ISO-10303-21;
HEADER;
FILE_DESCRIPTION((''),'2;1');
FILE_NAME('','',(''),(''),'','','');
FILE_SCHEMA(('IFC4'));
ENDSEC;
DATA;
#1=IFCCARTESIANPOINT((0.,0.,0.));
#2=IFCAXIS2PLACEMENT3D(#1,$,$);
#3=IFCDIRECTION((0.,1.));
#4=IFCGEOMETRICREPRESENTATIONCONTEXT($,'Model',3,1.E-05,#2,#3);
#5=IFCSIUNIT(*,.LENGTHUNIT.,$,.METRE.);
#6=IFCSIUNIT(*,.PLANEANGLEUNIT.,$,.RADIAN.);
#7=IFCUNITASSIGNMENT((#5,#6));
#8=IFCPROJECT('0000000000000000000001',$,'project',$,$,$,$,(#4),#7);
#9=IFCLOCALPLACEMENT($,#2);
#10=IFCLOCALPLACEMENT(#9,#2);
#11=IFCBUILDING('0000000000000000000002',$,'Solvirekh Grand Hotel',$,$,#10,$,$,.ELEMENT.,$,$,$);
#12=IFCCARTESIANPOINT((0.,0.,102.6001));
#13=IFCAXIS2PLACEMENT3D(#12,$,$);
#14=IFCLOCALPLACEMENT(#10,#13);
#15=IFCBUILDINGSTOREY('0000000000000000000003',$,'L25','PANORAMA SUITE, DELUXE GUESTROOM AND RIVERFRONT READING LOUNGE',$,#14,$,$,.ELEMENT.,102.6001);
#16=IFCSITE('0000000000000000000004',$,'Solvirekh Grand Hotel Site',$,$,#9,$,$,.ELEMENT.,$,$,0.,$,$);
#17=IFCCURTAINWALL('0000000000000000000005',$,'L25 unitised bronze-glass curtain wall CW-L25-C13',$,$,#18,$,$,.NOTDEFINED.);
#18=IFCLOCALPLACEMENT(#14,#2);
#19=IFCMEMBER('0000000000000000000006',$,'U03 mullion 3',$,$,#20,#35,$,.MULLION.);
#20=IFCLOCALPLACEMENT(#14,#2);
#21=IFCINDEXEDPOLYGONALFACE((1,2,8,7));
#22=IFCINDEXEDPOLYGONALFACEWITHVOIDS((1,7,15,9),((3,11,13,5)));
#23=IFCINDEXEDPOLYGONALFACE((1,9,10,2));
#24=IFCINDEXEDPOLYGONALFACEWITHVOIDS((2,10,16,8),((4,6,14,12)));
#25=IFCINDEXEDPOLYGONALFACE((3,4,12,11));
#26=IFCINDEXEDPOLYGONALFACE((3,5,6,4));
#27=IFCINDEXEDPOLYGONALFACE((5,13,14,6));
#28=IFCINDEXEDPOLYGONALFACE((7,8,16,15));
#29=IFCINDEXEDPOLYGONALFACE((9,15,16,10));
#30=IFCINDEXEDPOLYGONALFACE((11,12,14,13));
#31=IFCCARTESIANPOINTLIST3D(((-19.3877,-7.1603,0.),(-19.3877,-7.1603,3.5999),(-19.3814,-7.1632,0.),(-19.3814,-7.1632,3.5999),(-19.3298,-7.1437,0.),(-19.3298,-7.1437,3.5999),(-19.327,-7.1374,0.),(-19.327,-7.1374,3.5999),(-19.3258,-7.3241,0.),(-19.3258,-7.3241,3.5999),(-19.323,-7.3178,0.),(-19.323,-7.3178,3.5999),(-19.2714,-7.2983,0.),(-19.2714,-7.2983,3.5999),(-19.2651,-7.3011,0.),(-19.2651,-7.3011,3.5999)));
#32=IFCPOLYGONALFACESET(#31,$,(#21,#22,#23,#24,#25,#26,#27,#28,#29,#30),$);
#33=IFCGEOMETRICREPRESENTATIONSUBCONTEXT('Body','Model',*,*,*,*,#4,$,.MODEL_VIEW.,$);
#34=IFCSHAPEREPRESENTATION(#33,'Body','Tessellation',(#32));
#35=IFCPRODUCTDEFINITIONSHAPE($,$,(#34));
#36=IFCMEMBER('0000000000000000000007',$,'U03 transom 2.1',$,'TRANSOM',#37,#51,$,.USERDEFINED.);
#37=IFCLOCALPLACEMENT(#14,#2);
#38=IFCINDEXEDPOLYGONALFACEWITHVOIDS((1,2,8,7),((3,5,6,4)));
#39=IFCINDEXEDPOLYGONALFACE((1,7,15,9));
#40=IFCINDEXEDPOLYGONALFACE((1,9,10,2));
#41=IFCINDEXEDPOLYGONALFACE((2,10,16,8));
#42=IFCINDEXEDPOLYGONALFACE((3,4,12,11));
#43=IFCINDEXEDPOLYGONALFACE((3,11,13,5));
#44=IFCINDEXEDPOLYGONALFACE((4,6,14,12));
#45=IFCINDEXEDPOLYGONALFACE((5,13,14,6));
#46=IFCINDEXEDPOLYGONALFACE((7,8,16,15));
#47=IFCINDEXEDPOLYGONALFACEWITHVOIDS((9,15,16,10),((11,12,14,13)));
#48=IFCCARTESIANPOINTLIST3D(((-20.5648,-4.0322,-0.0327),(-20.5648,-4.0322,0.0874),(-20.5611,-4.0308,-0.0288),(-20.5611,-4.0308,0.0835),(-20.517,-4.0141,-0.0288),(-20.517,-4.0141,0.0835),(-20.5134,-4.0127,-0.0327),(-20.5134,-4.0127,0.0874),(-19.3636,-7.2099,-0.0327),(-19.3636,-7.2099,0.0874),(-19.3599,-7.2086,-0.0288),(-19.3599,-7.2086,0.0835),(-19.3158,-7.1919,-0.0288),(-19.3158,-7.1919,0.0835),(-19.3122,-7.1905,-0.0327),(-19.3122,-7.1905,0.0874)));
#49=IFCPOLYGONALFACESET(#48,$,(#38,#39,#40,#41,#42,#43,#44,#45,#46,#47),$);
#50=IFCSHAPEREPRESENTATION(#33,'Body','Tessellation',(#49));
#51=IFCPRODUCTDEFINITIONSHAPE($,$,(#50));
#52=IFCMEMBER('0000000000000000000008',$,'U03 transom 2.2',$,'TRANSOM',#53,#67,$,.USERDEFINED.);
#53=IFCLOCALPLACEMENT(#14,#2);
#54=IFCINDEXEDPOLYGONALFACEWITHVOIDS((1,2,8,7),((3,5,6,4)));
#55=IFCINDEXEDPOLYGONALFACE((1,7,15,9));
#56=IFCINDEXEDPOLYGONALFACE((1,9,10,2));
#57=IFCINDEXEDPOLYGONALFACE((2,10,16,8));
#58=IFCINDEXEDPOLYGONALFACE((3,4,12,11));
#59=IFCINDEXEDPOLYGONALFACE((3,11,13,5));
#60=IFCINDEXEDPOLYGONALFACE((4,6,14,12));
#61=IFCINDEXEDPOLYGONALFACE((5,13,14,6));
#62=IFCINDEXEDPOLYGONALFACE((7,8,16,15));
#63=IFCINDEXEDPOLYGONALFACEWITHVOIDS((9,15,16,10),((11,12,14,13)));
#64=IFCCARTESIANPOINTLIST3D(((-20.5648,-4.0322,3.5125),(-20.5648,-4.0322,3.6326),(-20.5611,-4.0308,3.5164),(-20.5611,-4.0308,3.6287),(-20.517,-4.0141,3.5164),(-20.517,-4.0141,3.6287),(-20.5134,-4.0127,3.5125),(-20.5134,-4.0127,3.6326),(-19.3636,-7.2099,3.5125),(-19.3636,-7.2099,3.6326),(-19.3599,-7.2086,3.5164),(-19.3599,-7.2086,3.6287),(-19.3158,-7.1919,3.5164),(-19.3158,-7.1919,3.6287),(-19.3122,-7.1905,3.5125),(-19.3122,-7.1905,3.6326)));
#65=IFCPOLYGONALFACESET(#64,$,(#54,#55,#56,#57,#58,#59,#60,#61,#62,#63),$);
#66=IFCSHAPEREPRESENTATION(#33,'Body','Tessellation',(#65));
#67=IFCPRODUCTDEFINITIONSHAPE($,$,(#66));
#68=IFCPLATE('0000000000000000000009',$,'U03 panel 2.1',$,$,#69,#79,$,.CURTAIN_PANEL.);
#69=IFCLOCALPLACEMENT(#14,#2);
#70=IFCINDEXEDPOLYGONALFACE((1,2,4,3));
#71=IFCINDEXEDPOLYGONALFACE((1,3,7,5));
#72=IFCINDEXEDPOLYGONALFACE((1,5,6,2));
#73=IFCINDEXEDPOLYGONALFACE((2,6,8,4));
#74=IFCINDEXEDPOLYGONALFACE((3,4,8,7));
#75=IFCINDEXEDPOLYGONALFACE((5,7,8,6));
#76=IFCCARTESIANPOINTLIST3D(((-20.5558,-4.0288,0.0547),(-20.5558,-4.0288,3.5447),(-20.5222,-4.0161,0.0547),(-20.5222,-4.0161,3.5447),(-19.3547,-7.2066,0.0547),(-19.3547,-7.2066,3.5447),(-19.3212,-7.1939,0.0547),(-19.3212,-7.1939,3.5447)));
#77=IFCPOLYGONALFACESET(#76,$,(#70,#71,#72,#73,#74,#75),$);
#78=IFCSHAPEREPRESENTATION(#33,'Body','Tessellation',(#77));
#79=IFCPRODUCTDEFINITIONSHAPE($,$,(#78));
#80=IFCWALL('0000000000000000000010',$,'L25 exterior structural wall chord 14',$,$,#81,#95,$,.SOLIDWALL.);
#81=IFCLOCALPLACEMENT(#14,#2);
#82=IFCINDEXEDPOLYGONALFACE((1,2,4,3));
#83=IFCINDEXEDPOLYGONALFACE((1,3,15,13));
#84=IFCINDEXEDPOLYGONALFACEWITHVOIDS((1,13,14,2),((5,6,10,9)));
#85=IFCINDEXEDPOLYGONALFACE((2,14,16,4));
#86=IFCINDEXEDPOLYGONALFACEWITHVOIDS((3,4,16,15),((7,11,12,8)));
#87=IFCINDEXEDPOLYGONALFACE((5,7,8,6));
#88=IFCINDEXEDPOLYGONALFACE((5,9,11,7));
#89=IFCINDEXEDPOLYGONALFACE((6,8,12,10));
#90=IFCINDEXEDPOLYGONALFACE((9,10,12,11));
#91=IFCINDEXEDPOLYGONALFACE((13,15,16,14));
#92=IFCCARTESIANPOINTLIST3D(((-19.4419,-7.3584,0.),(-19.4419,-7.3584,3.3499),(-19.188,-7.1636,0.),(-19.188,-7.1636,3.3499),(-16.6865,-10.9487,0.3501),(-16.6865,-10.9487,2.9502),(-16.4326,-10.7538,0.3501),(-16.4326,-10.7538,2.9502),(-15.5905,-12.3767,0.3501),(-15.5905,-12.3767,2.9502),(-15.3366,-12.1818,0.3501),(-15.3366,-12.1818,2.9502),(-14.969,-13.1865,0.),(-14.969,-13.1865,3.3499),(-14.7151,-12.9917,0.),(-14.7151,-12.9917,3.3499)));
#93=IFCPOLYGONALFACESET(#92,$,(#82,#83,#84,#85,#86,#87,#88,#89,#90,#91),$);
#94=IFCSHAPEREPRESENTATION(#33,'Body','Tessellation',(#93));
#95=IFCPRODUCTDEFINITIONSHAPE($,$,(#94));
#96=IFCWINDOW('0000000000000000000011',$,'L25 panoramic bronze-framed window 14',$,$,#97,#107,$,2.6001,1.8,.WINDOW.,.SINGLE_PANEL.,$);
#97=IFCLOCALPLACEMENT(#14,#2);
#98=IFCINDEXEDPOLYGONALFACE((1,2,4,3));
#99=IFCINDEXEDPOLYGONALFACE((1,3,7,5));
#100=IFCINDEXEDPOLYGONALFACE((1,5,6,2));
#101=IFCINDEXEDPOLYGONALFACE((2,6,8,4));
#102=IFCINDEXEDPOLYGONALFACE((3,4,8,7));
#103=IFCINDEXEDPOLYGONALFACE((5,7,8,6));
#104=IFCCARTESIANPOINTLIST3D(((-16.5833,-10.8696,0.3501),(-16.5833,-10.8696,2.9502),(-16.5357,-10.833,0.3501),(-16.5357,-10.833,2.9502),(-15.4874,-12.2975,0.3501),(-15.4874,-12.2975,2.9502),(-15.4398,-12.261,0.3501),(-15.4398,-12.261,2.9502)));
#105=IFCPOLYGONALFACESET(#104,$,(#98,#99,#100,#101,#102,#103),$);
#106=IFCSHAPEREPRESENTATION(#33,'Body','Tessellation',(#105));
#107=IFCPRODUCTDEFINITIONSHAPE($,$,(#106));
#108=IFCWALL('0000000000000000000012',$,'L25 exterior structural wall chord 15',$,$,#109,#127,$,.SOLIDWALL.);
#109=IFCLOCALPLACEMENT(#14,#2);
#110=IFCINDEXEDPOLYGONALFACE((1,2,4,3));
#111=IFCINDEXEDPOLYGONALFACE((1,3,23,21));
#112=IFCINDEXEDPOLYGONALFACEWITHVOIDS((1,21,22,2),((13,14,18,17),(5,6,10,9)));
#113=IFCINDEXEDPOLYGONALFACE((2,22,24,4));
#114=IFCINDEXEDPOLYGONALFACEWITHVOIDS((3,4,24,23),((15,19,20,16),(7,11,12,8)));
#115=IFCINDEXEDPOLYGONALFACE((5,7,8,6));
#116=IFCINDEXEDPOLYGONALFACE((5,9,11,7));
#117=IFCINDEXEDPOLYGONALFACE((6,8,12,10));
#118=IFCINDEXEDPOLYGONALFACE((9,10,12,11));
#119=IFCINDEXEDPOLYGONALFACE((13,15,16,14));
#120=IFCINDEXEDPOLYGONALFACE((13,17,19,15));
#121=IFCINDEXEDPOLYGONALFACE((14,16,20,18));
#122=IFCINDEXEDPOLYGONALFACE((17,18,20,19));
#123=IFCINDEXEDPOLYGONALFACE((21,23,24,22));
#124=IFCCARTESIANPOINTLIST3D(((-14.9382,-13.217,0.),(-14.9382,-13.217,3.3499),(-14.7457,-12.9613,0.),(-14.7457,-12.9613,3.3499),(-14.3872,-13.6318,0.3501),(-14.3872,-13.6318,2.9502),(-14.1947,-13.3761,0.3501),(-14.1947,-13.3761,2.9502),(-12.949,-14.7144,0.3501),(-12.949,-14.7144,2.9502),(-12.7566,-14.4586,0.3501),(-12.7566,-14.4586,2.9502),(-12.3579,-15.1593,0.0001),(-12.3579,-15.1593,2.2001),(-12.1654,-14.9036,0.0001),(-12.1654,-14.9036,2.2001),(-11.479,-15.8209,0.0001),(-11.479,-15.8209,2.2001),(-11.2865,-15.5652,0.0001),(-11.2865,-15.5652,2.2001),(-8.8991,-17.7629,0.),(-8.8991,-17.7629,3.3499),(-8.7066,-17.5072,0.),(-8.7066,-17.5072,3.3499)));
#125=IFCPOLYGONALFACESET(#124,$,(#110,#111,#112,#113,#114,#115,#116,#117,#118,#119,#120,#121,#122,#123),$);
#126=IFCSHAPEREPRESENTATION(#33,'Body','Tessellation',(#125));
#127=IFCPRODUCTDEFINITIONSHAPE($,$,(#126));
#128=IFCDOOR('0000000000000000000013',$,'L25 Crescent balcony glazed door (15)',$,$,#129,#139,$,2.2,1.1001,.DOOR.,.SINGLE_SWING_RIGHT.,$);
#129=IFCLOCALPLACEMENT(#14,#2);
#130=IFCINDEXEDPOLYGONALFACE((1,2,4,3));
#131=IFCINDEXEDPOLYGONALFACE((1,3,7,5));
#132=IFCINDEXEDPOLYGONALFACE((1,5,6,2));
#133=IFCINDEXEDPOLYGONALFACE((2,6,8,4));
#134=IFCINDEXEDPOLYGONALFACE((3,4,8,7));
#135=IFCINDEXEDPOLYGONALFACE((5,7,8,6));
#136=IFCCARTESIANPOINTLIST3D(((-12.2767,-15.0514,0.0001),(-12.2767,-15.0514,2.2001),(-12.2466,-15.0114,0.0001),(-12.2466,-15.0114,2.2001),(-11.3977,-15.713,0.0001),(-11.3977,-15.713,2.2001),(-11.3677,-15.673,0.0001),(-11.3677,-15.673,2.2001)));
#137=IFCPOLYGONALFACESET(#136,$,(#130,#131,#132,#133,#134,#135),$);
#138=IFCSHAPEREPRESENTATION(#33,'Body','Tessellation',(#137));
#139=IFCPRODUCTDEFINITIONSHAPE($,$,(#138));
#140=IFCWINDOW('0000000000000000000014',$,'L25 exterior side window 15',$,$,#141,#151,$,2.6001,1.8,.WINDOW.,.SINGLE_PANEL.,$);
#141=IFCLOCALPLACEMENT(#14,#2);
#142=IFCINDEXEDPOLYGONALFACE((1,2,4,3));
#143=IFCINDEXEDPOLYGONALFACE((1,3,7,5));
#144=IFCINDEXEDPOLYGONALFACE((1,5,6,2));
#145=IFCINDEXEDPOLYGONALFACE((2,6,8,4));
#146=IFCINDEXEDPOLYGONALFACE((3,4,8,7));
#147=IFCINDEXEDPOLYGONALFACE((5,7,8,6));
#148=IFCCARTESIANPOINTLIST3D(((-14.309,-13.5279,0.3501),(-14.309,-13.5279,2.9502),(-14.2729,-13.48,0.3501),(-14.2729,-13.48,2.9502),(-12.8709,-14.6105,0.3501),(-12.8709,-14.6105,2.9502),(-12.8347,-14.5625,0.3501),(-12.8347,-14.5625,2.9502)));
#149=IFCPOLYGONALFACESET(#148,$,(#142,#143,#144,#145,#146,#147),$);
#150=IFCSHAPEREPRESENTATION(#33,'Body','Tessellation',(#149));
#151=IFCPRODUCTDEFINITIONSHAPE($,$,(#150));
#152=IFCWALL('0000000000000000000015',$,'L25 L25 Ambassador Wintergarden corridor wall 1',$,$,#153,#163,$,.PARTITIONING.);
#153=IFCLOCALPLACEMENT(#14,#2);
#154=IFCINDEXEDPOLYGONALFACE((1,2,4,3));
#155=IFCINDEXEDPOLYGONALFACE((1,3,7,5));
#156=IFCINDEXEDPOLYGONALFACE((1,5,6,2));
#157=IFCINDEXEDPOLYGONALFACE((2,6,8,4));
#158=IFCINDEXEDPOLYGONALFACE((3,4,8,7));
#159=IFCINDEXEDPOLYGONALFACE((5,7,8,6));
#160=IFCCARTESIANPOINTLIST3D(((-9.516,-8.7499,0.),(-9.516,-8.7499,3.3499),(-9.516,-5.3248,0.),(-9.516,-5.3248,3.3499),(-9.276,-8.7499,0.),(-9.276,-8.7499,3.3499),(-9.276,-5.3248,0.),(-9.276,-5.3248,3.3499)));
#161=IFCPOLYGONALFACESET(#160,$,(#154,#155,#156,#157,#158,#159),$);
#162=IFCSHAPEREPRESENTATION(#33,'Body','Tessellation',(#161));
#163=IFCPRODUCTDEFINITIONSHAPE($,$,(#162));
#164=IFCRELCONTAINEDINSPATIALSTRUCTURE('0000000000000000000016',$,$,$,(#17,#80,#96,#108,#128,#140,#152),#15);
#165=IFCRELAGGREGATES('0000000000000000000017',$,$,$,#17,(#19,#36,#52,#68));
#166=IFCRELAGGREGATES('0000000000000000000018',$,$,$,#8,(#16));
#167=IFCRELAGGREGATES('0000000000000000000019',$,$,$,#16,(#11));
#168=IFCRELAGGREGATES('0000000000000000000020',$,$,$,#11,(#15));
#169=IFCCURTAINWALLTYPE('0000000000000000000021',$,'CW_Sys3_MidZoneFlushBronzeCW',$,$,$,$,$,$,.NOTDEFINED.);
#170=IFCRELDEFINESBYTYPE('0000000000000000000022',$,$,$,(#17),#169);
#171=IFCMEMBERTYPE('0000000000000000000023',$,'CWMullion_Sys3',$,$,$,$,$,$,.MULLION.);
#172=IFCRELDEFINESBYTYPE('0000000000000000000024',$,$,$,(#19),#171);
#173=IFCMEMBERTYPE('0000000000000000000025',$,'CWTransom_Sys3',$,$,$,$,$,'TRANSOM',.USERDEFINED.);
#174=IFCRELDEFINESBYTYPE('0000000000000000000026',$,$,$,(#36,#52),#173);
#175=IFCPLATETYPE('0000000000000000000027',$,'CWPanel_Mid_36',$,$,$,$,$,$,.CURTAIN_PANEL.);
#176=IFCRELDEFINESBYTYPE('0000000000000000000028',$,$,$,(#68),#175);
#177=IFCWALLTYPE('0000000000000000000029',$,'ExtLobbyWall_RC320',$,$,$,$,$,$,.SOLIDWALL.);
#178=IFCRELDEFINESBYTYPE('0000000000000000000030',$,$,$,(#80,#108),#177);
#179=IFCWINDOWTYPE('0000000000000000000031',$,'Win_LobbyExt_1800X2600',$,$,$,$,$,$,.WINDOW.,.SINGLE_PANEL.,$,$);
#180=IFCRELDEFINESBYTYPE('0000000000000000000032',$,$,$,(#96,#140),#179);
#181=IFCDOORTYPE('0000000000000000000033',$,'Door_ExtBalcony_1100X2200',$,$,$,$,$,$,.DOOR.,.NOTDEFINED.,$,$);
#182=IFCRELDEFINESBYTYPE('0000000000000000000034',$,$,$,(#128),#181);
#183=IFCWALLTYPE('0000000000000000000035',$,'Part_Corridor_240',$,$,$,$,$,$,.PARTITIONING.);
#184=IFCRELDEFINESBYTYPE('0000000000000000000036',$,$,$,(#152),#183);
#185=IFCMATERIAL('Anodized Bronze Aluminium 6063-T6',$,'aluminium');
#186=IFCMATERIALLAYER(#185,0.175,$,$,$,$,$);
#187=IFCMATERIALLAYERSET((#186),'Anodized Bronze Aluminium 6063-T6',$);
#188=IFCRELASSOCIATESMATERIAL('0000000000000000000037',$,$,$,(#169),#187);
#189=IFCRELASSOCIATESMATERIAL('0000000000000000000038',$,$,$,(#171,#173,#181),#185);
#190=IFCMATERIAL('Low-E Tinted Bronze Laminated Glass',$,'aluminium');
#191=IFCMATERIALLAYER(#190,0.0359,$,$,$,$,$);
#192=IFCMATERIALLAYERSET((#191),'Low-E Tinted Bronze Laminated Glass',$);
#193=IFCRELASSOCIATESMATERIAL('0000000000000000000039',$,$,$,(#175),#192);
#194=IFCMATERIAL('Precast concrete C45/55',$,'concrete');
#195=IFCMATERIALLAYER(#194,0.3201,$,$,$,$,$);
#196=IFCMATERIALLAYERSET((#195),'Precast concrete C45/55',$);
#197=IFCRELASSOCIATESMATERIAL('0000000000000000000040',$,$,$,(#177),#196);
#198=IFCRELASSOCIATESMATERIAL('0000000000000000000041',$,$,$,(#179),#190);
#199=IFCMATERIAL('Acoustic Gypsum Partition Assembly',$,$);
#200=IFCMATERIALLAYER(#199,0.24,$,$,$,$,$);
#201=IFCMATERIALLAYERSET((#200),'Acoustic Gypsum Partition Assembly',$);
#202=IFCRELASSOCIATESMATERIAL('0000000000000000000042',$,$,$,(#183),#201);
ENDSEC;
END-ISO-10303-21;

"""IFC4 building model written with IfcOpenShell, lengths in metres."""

from ifc_helpers import new_model, si_unit, direction, frame, frame_2d, origin, origin_2d, place, context, subcontext, project, spatial, rectangle, hollow_rectangle, extrude, source, transform, mapped, material, layer, layer_set, material_profile, profile_set, type_object, element, fill, aggregate, save


model = new_model("IFC4")

# Units and contexts
model_context = context("Model", 3, precision=1e-05, world=origin(), true_north=direction((0.0, 1.0)))
body_context = subcontext(model_context, "Body", "Model", "MODEL_VIEW")
ifc_project = project(units=[si_unit("LENGTHUNIT", "METRE"), si_unit("PLANEANGLEUNIT", "RADIAN")], contexts=[model_context])

# Site, building, storey
site_placement = place(None, origin())
site = spatial("IfcSite", under=ifc_project, at=site_placement, Name="Solvirekh Grand Hotel Site", CompositionType="ELEMENT", RefElevation=0.0)
building_placement = place(site_placement, origin())
building = spatial("IfcBuilding", under=site, at=building_placement, Name="Solvirekh Grand Hotel", CompositionType="ELEMENT")
storey_placement = place(building_placement, frame((0.0, 0.0, 102.6001)))
storey = spatial("IfcBuildingStorey", under=building, at=storey_placement, Name="L25", Description="PANORAMA SUITE, DELUXE GUESTROOM AND RIVERFRONT READING LOUNGE", CompositionType="ELEMENT", Elevation=102.6001)

# Curtain wall, members, plate
ifc_material_1 = material(Name="Anodized Bronze Aluminium 6063-T6", Category="aluminium")
ifc_layer_1 = layer(ifc_material_1, 0.175)
ifc_layer_set_1 = layer_set([ifc_layer_1], Name="Anodized Bronze Aluminium 6063-T6")
curtain_wall_type = type_object("IfcCurtainWallType", Name="CW_Sys3_MidZoneFlushBronzeCW", PredefinedType="NOTDEFINED", material=ifc_layer_set_1)
curtain_wall_placement = place(storey_placement, origin())
curtain_wall = element("IfcCurtainWall", 1, at=curtain_wall_placement, inside=storey, type_object=curtain_wall_type, Name="L25 unitised bronze-glass curtain wall CW-L25-C13", PredefinedType="NOTDEFINED")
ifc_material_profile_1 = material_profile(ifc_material_1, hollow_rectangle(XDim=0.0649, YDim=0.175, WallThickness=0.0049, at=origin_2d()), Name="ALU RHS 175X65X5")
ifc_profile_set_1 = profile_set([ifc_material_profile_1], Name="Anodized Bronze Aluminium 6063-T6")
member_type_1 = type_object("IfcMemberType", Name="CWMullion_Sys3", PredefinedType="MULLION", material=ifc_profile_set_1)
shared_shape_1 = source(origin(), body_context, "Body", "SweptSolid", [
    extrude(hollow_rectangle(XDim=0.0649, YDim=0.175, WallThickness=0.0049, at=origin_2d()), origin(), (0.0, 0.0, 1.0), 3.5999),
])
member_1_placement = place(storey_placement, frame((-19.3264, -7.2307, 0.0), z_axis=(0.0, 0.0, 1.0), x_axis=(0.935421, 0.353537, 0.0)))
member_1 = element("IfcMember", 2, at=member_1_placement, type_object=member_type_1, Name="U03 mullion 3", PredefinedType="MULLION", context=body_context, shape_type="MappedRepresentation", body=[
    mapped(shared_shape_1, transform((0.0, 0.0, 0.0), x_axis=(1.0, 0.0, 0.0), y_axis=(0.0, 1.0, 0.0), z_axis=(0.0, 0.0, 1.0), scale=1.0)),
])
ifc_material_profile_2 = material_profile(ifc_material_1, hollow_rectangle(XDim=0.0549, YDim=0.1201, WallThickness=0.0039, at=origin_2d()), Name="ALU RHS 120X55X4")
ifc_profile_set_2 = profile_set([ifc_material_profile_2], Name="Anodized Bronze Aluminium 6063-T6")
member_type_2 = type_object("IfcMemberType", Name="CWTransom_Sys3", ElementType="TRANSOM", PredefinedType="USERDEFINED", material=ifc_profile_set_2)
shared_shape_2 = source(origin(), body_context, "Body", "SweptSolid", [
    extrude(hollow_rectangle(XDim=0.0549, YDim=0.1201, WallThickness=0.0039, at=origin_2d()), origin(), (0.0, 0.0, 1.0), 3.3972),
])
member_2_placement = place(storey_placement, frame((-20.5391, -4.0225, 0.0273), z_axis=(0.353579, -0.935404, 0.0), x_axis=(0.935404, 0.353579, 0.0)))
member_2 = element("IfcMember", 3, at=member_2_placement, type_object=member_type_2, Name="U03 transom 2.1", ObjectType="TRANSOM", PredefinedType="USERDEFINED", context=body_context, shape_type="MappedRepresentation", body=[
    mapped(shared_shape_2, transform((0.0, 0.0, 0.0), x_axis=(1.0, 0.0, 0.0), y_axis=(0.0, 1.0, 0.0), z_axis=(0.0, 0.0, 1.0), scale=1.0)),
])
member_3_placement = place(storey_placement, frame((-20.5391, -4.0225, 3.5725), z_axis=(0.353579, -0.935404, 0.0), x_axis=(0.935404, 0.353579, 0.0)))
member_3 = element("IfcMember", 4, at=member_3_placement, type_object=member_type_2, Name="U03 transom 2.2", ObjectType="TRANSOM", PredefinedType="USERDEFINED", context=body_context, shape_type="MappedRepresentation", body=[
    mapped(shared_shape_2, transform((0.0, 0.0, 0.0), x_axis=(1.0, 0.0, 0.0), y_axis=(0.0, 1.0, 0.0), z_axis=(0.0, 0.0, 1.0), scale=1.0)),
])
ifc_material_2 = material(Name="Low-E Tinted Bronze Laminated Glass", Category="aluminium")
ifc_layer_2 = layer(ifc_material_2, 0.0359)
ifc_layer_set_2 = layer_set([ifc_layer_2], Name="Low-E Tinted Bronze Laminated Glass")
plate_type = type_object("IfcPlateType", Name="CWPanel_Mid_36", PredefinedType="CURTAIN_PANEL", material=ifc_layer_set_2)
shared_shape_3 = source(origin(), body_context, "Body", "SweptSolid", [
    extrude(rectangle(XDim=3.3972, YDim=0.0359, at=origin_2d()), origin(), (0.0, 0.0, 1.0), 3.49),
])
plate_placement = place(storey_placement, frame((-19.9385, -5.6113, 0.0547), z_axis=(0.0, 0.0, 1.0), x_axis=(0.353537, -0.935421, 0.0)))
plate = element("IfcPlate", 5, at=plate_placement, type_object=plate_type, Name="U03 panel 2.1", PredefinedType="CURTAIN_PANEL", context=body_context, shape_type="MappedRepresentation", body=[
    mapped(shared_shape_3, transform((0.0, 0.0, 0.0), x_axis=(1.0, 0.0, 0.0), y_axis=(0.0, 1.0, 0.0), z_axis=(0.0, 0.0, 1.0), scale=1.0)),
])
aggregate(curtain_wall, [member_1, member_2, member_3, plate])

# Wall, opening, window
ifc_material_3 = material(Name="Precast concrete C45/55", Category="concrete")
ifc_layer_3 = layer(ifc_material_3, 0.3201)
ifc_layer_set_3 = layer_set([ifc_layer_3], Name="Precast concrete C45/55")
wall_type_1 = type_object("IfcWallType", Name="ExtLobbyWall_RC320", PredefinedType="SOLIDWALL", material=ifc_layer_set_3)
wall_1_placement = place(storey_placement, frame((-14.842, -13.0891, 0.0), z_axis=(0.0, 0.0, 1.0), x_axis=(-0.608832, 0.793299, 0.0)))
wall_1 = element("IfcWall", 6, at=wall_1_placement, inside=storey, type_object=wall_type_1, Name="L25 exterior structural wall chord 14", PredefinedType="SOLIDWALL", context=body_context, shape_type="SweptSolid", body=[
    extrude(rectangle(XDim=7.3467, YDim=0.3201, at=frame_2d((3.6733, 0.0))), origin(), (0.0, 0.0, 1.0), 3.3499),
])
opening_1_placement = place(wall_1_placement, frame((1.021, 0.0, 0.3501)))
opening_1 = element("IfcOpeningElement", 7, at=opening_1_placement, cuts=wall_1, PredefinedType="OPENING", context=body_context, shape_type="SweptSolid", body=[
    extrude(rectangle(XDim=1.8, YDim=2.6001, at=frame_2d((0.8999, 1.3))), frame((0.0, 0.1699, 0.0), z_axis=(0.0, -1.0, 0.0), x_axis=(1.0, 0.0, 0.0)), (0.0, 0.0, 1.0), 0.3401),
])
window_type = type_object("IfcWindowType", Name="Win_LobbyExt_1800X2600", PartitioningType="SINGLE_PANEL", PredefinedType="WINDOW", material=ifc_material_2)
window_1_placement = place(opening_1_placement, origin())
window_1 = element("IfcWindow", 8, at=window_1_placement, inside=storey, type_object=window_type, Name="L25 panoramic bronze-framed window 14", OverallHeight=2.6001, OverallWidth=1.8, PartitioningType="SINGLE_PANEL", PredefinedType="WINDOW", context=body_context, shape_type="SweptSolid", body=[
    extrude(rectangle(XDim=1.8, YDim=2.6001, at=frame_2d((0.8999, 1.3))), frame((0.0, 0.03, 0.0), z_axis=(0.0, -1.0, 0.0), x_axis=(1.0, 0.0, 0.0)), (0.0, 0.0, 1.0), 0.0601),
])
fill(opening_1, window_1)

# Wall, openings, door, window
wall_2_placement = place(storey_placement, frame((-8.803, -17.635, 0.0), z_axis=(0.0, 0.0, 1.0), x_axis=(-0.798945, 0.601405, 0.0)))
wall_2 = element("IfcWall", 9, at=wall_2_placement, inside=storey, type_object=wall_type_1, Name="L25 exterior structural wall chord 15", PredefinedType="SOLIDWALL", context=body_context, shape_type="SweptSolid", body=[
    extrude(rectangle(XDim=7.5588, YDim=0.3201, at=frame_2d((3.7793, 0.0))), origin(), (0.0, 0.0, 1.0), 3.3499),
])
opening_2_placement = place(wall_2_placement, frame((5.0691, 0.0, 0.3501)))
opening_2 = element("IfcOpeningElement", 10, at=opening_2_placement, cuts=wall_2, PredefinedType="OPENING", context=body_context, shape_type="SweptSolid", body=[
    extrude(rectangle(XDim=1.8, YDim=2.6001, at=frame_2d((0.8999, 1.3))), frame((0.0, 0.1699, 0.0), z_axis=(0.0, -1.0, 0.0), x_axis=(1.0, 0.0, 0.0)), (0.0, 0.0, 1.0), 0.3401),
])
opening_3_placement = place(wall_2_placement, frame((3.229, 0.0, 0.0)))
opening_3 = element("IfcOpeningElement", 11, at=opening_3_placement, cuts=wall_2, PredefinedType="OPENING", context=body_context, shape_type="SweptSolid", body=[
    extrude(rectangle(XDim=1.1001, YDim=2.2, at=frame_2d((0.55, 1.1001))), frame((0.0, 0.1699, 0.0), z_axis=(0.0, -1.0, 0.0), x_axis=(1.0, 0.0, 0.0)), (0.0, 0.0, 1.0), 0.3401),
])
door_type_1 = type_object("IfcDoorType", Name="Door_ExtBalcony_1100X2200", OperationType="NOTDEFINED", PredefinedType="DOOR", material=ifc_material_1)
door_1_placement = place(opening_3_placement, origin())
door_1 = element("IfcDoor", 12, at=door_1_placement, inside=storey, type_object=door_type_1, Name="L25 Crescent balcony glazed door (15)", OperationType="SINGLE_SWING_RIGHT", OverallHeight=2.2, OverallWidth=1.1001, PredefinedType="DOOR", context=body_context, shape_type="SweptSolid", body=[
    extrude(rectangle(XDim=1.1001, YDim=2.2, at=frame_2d((0.55, 1.1001))), frame((0.0, 0.0249, 0.0), z_axis=(0.0, -1.0, 0.0), x_axis=(1.0, 0.0, 0.0)), (0.0, 0.0, 1.0), 0.05),
])
fill(opening_3, door_1)
window_2_placement = place(opening_2_placement, origin())
window_2 = element("IfcWindow", 13, at=window_2_placement, inside=storey, type_object=window_type, Name="L25 exterior side window 15", OverallHeight=2.6001, OverallWidth=1.8, PartitioningType="SINGLE_PANEL", PredefinedType="WINDOW", context=body_context, shape_type="SweptSolid", body=[
    extrude(rectangle(XDim=1.8, YDim=2.6001, at=frame_2d((0.8999, 1.3))), frame((0.0, 0.03, 0.0), z_axis=(0.0, -1.0, 0.0), x_axis=(1.0, 0.0, 0.0)), (0.0, 0.0, 1.0), 0.0601),
])
fill(opening_2, window_2)

# Wall
ifc_material_4 = material(Name="Acoustic Gypsum Partition Assembly")
ifc_layer_4 = layer(ifc_material_4, 0.24)
ifc_layer_set_4 = layer_set([ifc_layer_4], Name="Acoustic Gypsum Partition Assembly")
wall_type_2 = type_object("IfcWallType", Name="Part_Corridor_240", PredefinedType="PARTITIONING", material=ifc_layer_set_4)
wall_3_placement = place(storey_placement, frame((-9.396, -5.325, 0.0), z_axis=(0.0, 0.0, 1.0), x_axis=(0.0, -1.0, 0.0)))
element("IfcWall", 14, at=wall_3_placement, inside=storey, type_object=wall_type_2, Name="L25 L25 Ambassador Wintergarden corridor wall 1", PredefinedType="PARTITIONING", context=body_context, shape_type="SweptSolid", body=[
    extrude(rectangle(XDim=3.425, YDim=0.24, at=frame_2d((1.7124, 0.0))), origin(), (0.0, 0.0, 1.0), 3.3499),
])

save(model, "model.ifc")
